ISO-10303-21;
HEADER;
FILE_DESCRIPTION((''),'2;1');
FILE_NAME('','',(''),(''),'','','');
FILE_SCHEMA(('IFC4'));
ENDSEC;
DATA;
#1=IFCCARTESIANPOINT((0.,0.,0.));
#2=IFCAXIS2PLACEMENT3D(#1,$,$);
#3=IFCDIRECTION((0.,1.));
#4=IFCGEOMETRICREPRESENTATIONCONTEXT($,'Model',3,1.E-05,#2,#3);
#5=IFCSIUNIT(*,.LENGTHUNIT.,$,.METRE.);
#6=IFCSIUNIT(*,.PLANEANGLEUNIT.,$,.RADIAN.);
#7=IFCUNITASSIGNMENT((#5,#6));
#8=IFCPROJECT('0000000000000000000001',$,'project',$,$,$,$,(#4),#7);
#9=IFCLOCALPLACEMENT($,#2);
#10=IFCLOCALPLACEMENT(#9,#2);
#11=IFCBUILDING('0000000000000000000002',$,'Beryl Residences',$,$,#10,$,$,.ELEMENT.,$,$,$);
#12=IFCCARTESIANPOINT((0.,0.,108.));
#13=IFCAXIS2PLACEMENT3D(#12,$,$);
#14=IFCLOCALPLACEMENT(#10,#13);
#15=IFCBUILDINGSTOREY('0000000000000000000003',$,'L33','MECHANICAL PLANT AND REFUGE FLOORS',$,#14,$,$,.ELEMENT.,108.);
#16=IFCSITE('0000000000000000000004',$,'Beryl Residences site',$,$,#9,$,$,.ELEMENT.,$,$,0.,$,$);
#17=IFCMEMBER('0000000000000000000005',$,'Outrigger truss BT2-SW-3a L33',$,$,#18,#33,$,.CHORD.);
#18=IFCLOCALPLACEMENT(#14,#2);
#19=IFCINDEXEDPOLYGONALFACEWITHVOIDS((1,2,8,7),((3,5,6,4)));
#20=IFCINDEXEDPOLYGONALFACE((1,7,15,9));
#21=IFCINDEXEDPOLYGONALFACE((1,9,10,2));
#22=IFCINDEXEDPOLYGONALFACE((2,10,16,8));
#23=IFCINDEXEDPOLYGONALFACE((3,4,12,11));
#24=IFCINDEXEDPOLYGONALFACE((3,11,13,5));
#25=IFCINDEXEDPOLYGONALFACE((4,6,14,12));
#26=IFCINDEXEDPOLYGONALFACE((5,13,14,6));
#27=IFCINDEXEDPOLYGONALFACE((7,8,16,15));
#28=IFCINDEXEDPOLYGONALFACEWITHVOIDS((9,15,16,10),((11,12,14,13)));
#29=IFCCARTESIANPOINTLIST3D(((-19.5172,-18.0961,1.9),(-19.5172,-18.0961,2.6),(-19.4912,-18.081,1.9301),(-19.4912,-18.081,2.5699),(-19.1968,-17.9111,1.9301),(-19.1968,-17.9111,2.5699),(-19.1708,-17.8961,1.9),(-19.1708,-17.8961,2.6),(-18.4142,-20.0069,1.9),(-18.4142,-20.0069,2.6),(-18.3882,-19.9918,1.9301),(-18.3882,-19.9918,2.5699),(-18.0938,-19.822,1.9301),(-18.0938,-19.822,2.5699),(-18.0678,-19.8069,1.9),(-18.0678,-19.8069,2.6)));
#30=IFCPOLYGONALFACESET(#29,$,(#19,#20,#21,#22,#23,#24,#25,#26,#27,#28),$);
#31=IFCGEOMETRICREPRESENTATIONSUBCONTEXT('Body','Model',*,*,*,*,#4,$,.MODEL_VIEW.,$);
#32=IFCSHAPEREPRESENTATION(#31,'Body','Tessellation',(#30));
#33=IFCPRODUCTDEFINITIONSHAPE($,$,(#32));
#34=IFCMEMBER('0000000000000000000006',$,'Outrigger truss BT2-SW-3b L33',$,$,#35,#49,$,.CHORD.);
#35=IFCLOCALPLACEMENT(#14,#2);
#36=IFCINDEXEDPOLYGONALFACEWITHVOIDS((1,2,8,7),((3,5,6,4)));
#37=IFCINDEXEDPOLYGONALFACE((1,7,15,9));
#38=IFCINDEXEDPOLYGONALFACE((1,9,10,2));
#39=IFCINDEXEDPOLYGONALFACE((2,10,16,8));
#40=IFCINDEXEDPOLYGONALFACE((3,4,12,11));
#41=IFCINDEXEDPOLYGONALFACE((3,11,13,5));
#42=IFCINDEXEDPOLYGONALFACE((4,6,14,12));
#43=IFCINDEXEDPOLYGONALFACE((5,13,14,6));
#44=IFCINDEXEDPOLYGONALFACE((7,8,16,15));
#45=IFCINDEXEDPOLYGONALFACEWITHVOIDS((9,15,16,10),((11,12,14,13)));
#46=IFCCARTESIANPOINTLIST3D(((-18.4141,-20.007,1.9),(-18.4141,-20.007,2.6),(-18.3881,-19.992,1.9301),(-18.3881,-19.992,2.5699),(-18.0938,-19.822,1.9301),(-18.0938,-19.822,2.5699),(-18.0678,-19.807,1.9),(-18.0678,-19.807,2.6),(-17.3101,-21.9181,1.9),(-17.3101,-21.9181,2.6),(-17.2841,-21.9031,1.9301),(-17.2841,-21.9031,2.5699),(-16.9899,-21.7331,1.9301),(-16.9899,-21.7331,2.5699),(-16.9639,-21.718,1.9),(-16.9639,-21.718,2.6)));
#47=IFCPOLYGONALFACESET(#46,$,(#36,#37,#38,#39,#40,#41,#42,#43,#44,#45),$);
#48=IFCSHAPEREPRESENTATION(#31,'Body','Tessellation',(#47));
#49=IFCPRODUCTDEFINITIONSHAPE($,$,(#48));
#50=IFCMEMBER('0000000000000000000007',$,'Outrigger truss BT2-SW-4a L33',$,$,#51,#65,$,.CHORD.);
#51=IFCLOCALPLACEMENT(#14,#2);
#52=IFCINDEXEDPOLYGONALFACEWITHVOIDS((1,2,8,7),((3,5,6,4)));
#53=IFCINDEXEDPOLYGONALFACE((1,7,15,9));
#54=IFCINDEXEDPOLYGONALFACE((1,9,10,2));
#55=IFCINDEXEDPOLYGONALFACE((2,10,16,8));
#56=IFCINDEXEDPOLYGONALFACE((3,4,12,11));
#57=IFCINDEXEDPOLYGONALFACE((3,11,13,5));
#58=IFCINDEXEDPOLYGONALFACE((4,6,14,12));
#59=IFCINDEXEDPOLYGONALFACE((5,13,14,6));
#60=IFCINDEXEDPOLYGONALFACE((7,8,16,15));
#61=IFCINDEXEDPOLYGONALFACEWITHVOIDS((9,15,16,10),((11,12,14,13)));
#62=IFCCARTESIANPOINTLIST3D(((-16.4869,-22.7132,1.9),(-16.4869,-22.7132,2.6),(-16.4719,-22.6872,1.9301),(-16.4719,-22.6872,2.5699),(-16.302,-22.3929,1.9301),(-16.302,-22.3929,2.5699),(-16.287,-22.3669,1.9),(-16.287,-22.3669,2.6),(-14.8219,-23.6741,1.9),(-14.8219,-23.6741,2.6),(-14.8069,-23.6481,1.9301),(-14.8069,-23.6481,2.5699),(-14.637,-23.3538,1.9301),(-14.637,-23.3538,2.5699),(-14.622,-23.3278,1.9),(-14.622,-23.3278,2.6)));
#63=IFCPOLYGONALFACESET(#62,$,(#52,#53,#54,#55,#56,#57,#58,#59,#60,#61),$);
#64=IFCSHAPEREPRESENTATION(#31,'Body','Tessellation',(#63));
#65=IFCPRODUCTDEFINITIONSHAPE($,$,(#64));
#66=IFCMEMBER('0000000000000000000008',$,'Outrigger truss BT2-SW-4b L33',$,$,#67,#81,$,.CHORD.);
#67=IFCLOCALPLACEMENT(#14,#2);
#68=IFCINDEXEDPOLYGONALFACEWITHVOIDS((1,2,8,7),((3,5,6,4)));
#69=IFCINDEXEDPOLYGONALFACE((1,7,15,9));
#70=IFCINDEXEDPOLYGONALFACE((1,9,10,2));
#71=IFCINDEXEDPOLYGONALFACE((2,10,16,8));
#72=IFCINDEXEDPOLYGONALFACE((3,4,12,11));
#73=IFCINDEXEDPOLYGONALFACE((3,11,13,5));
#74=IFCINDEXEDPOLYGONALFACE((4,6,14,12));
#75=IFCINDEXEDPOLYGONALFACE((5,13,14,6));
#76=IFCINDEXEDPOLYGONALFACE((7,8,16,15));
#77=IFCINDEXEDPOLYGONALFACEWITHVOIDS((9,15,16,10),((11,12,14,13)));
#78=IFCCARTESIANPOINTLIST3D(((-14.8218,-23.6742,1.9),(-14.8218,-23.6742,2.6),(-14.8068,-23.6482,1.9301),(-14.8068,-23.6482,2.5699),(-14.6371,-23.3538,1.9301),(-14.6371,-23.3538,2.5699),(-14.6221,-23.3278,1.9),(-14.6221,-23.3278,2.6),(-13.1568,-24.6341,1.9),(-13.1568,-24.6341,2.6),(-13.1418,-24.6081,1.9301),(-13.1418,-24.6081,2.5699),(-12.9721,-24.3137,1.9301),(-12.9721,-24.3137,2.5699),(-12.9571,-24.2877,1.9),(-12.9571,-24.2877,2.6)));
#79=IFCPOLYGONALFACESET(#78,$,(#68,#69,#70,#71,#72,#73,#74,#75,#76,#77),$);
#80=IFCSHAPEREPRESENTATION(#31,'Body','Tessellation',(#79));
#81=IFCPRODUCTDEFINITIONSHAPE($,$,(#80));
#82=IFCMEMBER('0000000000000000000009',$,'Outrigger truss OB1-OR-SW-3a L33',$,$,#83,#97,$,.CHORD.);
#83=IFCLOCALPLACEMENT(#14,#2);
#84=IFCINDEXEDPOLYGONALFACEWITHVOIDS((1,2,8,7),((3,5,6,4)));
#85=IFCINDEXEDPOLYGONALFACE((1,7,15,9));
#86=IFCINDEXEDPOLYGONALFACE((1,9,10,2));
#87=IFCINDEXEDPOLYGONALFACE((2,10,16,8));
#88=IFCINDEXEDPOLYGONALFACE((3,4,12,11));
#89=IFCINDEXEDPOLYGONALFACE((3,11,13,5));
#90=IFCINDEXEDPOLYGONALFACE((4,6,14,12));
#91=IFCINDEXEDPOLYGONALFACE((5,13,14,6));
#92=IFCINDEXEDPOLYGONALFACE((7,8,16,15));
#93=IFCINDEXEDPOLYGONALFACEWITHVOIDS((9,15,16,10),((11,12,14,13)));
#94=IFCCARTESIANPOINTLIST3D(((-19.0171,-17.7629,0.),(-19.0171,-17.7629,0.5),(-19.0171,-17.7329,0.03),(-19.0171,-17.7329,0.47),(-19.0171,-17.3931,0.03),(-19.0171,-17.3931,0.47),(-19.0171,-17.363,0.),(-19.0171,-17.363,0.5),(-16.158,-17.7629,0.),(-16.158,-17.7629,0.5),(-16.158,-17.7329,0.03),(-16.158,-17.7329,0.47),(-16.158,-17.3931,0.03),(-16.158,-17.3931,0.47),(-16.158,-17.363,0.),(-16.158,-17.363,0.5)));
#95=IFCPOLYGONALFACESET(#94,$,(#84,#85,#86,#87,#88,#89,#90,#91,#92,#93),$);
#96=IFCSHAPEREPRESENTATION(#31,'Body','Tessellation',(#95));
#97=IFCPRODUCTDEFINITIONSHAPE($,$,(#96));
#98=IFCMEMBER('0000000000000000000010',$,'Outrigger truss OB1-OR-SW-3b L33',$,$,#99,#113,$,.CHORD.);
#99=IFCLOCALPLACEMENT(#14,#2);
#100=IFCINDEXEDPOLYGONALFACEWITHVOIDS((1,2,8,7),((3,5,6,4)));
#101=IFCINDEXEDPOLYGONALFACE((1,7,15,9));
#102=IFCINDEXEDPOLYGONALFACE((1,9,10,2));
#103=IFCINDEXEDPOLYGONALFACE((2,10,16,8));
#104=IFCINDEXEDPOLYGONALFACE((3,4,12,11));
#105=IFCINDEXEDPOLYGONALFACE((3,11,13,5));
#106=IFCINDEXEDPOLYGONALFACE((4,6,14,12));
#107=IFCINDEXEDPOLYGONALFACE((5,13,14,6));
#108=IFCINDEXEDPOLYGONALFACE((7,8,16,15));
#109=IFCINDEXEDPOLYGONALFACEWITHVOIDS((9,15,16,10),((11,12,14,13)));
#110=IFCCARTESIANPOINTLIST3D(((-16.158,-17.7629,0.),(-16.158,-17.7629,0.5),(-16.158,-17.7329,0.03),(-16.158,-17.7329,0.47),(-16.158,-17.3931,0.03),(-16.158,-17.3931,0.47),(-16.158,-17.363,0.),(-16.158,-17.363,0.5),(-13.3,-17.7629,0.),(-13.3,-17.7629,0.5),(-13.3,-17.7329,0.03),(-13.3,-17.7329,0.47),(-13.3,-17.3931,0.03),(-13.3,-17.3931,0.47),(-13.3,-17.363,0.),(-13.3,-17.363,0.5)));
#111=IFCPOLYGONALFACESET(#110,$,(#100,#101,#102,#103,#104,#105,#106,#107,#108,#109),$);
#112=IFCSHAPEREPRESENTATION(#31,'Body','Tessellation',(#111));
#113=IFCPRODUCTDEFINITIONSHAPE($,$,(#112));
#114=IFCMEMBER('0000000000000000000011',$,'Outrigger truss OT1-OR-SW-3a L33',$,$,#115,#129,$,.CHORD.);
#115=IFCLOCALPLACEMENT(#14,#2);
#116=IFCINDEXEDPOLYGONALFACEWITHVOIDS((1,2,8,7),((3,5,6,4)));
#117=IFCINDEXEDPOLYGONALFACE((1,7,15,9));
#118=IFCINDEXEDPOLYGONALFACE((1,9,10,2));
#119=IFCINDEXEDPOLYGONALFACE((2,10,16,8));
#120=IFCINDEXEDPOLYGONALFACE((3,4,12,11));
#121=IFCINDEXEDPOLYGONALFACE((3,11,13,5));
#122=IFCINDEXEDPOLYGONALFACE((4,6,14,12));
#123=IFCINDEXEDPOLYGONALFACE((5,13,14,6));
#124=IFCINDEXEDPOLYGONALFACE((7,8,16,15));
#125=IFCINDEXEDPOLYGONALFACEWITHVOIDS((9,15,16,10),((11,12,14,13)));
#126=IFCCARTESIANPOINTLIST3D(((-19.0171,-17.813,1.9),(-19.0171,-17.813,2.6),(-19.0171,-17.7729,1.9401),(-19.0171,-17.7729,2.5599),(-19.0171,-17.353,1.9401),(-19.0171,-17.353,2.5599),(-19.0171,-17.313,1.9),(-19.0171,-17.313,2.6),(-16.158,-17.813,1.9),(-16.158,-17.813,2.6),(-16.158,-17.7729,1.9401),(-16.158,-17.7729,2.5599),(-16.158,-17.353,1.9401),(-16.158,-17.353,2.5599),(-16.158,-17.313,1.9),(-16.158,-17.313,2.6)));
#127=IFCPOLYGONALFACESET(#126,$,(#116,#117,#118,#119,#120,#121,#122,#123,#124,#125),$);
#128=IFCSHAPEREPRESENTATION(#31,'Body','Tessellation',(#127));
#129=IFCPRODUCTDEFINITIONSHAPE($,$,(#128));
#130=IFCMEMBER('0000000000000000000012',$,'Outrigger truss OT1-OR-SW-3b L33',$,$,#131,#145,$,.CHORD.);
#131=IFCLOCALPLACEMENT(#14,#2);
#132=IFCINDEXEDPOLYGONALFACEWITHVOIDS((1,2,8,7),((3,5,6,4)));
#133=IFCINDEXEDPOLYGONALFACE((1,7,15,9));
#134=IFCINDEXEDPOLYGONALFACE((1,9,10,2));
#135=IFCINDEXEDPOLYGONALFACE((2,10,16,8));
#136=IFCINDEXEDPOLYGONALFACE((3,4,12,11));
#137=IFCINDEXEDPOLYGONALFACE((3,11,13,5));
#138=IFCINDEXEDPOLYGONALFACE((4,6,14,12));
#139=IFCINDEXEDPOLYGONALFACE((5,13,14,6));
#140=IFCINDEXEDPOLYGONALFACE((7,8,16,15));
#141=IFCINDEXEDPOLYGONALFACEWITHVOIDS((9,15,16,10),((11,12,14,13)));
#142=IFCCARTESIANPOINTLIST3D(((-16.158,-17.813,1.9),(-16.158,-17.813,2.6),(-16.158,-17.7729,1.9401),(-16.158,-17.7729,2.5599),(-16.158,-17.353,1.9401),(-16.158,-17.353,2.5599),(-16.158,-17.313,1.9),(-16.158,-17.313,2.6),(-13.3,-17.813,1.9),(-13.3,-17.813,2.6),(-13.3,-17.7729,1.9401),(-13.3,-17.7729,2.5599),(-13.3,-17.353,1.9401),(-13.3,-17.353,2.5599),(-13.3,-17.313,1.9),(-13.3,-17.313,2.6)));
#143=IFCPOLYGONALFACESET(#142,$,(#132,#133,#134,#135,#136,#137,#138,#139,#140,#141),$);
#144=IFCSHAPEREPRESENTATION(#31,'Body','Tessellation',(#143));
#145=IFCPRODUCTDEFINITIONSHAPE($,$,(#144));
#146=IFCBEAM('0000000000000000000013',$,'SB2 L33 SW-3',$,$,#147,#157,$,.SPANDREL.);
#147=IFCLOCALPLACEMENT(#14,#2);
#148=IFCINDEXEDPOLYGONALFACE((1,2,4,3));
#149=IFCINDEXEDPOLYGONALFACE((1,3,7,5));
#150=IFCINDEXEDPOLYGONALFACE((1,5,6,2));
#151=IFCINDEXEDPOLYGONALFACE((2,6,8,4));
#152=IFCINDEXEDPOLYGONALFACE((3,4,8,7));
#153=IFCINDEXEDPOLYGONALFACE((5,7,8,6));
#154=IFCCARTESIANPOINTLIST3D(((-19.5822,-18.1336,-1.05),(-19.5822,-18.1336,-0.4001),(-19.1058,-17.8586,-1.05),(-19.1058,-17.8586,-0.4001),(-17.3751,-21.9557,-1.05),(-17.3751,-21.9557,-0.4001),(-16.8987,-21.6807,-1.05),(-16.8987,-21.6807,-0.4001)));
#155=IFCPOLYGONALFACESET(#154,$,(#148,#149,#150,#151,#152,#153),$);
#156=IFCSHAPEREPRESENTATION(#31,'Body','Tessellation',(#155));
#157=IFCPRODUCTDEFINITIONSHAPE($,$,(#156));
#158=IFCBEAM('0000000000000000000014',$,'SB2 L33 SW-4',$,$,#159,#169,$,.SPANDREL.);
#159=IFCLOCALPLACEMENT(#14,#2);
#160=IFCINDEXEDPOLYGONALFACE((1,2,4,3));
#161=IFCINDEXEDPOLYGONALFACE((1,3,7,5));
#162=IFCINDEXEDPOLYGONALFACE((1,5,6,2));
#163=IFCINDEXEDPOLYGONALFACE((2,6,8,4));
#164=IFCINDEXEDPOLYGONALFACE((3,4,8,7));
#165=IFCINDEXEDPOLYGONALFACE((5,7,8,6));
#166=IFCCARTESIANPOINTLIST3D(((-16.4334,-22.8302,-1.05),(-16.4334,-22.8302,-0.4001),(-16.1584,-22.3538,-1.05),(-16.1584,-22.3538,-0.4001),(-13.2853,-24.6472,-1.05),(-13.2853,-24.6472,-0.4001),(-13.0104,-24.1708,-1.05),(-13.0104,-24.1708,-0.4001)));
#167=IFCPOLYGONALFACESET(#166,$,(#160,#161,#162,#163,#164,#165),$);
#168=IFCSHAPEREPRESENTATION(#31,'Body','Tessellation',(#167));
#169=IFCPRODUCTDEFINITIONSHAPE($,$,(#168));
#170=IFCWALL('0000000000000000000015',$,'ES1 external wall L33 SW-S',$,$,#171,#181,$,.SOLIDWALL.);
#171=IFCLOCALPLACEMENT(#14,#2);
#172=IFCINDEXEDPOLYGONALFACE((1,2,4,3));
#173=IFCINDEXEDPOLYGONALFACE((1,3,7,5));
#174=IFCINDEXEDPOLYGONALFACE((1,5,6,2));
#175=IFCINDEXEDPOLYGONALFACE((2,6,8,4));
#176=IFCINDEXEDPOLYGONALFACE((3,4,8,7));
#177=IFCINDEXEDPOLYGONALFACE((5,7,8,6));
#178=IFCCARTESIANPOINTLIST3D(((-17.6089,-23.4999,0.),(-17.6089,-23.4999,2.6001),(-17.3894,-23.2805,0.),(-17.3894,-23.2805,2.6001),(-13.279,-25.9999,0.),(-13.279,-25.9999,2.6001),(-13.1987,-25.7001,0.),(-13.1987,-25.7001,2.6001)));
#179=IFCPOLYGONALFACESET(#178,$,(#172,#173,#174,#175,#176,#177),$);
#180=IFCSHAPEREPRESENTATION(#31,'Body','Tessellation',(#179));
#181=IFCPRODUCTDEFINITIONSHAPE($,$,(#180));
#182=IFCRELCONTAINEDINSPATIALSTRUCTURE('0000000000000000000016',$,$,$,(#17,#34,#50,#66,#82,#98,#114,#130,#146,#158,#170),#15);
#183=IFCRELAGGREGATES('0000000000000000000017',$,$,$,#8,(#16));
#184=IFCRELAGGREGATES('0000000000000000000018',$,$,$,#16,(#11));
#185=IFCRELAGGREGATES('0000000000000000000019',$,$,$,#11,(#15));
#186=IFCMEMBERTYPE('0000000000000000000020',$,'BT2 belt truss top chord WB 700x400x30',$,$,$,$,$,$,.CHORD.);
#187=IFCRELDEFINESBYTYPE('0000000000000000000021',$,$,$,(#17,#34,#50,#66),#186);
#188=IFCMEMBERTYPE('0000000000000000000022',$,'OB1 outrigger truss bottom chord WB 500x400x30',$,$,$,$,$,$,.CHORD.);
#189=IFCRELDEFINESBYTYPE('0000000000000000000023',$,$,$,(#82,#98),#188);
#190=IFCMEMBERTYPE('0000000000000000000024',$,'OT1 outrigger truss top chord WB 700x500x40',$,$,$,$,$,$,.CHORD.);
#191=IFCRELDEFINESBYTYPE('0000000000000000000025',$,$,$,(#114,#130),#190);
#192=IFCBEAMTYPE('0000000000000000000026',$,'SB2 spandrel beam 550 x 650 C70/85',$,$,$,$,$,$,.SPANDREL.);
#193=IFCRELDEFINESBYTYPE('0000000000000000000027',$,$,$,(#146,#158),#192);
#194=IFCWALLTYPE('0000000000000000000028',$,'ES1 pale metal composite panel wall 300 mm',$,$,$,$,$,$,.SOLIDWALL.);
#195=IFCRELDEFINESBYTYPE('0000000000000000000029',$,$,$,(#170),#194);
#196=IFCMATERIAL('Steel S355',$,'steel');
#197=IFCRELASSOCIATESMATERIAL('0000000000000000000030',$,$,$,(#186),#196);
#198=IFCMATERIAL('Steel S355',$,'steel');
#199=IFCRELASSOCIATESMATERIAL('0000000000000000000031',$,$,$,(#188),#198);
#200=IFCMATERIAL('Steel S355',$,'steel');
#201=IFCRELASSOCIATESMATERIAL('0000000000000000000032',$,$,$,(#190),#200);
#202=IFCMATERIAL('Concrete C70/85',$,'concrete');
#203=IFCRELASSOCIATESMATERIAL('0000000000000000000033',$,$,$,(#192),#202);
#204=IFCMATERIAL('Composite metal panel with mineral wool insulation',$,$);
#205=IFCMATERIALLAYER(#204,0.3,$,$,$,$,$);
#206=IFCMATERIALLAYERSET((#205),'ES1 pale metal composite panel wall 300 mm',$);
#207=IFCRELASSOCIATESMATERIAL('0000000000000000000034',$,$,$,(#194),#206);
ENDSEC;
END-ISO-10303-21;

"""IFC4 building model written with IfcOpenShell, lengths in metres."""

from ifc_helpers import new_model, si_unit, direction, frame, origin, origin_2d, place, context, subcontext, project, spatial, polyline, rectangle, hollow_rectangle, outline, extrude, material, layer, layer_set, material_profile, profile_set, type_object, element, save


model = new_model("IFC4")

# Units and contexts
model_context = context("Model", 3, precision=1e-05, world=origin(), true_north=direction((0.0, 1.0)))
body_context = subcontext(model_context, "Body", "Model", "MODEL_VIEW")
ifc_project = project(units=[si_unit("LENGTHUNIT", "METRE"), si_unit("PLANEANGLEUNIT", "RADIAN")], contexts=[model_context])

# Site, building, storey
site_placement = place(None, origin())
site = spatial("IfcSite", under=ifc_project, at=site_placement, Name="Beryl Residences site", CompositionType="ELEMENT", RefElevation=0.0)
building_placement = place(site_placement, origin())
building = spatial("IfcBuilding", under=site, at=building_placement, Name="Beryl Residences", CompositionType="ELEMENT")
storey_placement = place(building_placement, frame((0.0, 0.0, 108.0)))
storey = spatial("IfcBuildingStorey", under=building, at=storey_placement, Name="L33", Description="MECHANICAL PLANT AND REFUGE FLOORS", CompositionType="ELEMENT", Elevation=108.0)

# Members
ifc_material_1 = material(Name="Steel S355", Category="steel")
ifc_material_profile_1 = material_profile(ifc_material_1, hollow_rectangle(XDim=0.3999, YDim=0.7, WallThickness=0.03, at=origin_2d()))
ifc_profile_set_1 = profile_set([ifc_material_profile_1], Name="Steel S355")
member_type_1 = type_object("IfcMemberType", Name="BT2 belt truss top chord WB 700x400x30", PredefinedType="CHORD", material=ifc_profile_set_1)
member_1_placement = place(storey_placement, frame((-19.344, -17.9961, 2.25), z_axis=(0.499924, -0.86607, 0.0), x_axis=(0.86607, 0.499924, 0.0)))
element("IfcMember", 1, at=member_1_placement, inside=storey, type_object=member_type_1, Name="Outrigger truss BT2-SW-3a L33", PredefinedType="CHORD", context=body_context, shape_type="SweptSolid", body=[
    extrude(hollow_rectangle(XDim=0.3999, YDim=0.7, WallThickness=0.03, at=origin_2d()), origin(), (0.0, 0.0, 1.0), 2.2063),
])
member_2_placement = place(storey_placement, frame((-18.241, -19.907, 2.25), z_axis=(0.500208, -0.865906, 0.0), x_axis=(0.865906, 0.500208, 0.0)))
element("IfcMember", 2, at=member_2_placement, inside=storey, type_object=member_type_1, Name="Outrigger truss BT2-SW-3b L33", PredefinedType="CHORD", context=body_context, shape_type="SweptSolid", body=[
    extrude(hollow_rectangle(XDim=0.3999, YDim=0.7, WallThickness=0.03, at=origin_2d()), origin(), (0.0, 0.0, 1.0), 2.207),
])
member_3_placement = place(storey_placement, frame((-16.387, -22.54, 2.25), z_axis=(0.866109, -0.499854, 0.0), x_axis=(0.499854, 0.866109, 0.0)))
element("IfcMember", 3, at=member_3_placement, inside=storey, type_object=member_type_1, Name="Outrigger truss BT2-SW-4a L33", PredefinedType="CHORD", context=body_context, shape_type="SweptSolid", body=[
    extrude(hollow_rectangle(XDim=0.3999, YDim=0.7, WallThickness=0.03, at=origin_2d()), origin(), (0.0, 0.0, 1.0), 1.9224),
])
member_4_placement = place(storey_placement, frame((-14.7219, -23.501, 2.25), z_axis=(0.866329, -0.499473, 0.0), x_axis=(0.499473, 0.866329, 0.0)))
element("IfcMember", 4, at=member_4_placement, inside=storey, type_object=member_type_1, Name="Outrigger truss BT2-SW-4b L33", PredefinedType="CHORD", context=body_context, shape_type="SweptSolid", body=[
    extrude(hollow_rectangle(XDim=0.3999, YDim=0.7, WallThickness=0.03, at=origin_2d()), origin(), (0.0, 0.0, 1.0), 1.9219),
])
ifc_material_2 = material(Name="Steel S355", Category="steel")
ifc_material_profile_2 = material_profile(ifc_material_2, hollow_rectangle(XDim=0.3999, YDim=0.5, WallThickness=0.03, at=origin_2d()))
ifc_profile_set_2 = profile_set([ifc_material_profile_2], Name="Steel S355")
member_type_2 = type_object("IfcMemberType", Name="OB1 outrigger truss bottom chord WB 500x400x30", PredefinedType="CHORD", material=ifc_profile_set_2)
member_5_placement = place(storey_placement, frame((-19.0171, -17.563, 0.25), z_axis=(1.0, 0.0, 0.0), x_axis=(0.0, 1.0, 0.0)))
element("IfcMember", 5, at=member_5_placement, inside=storey, type_object=member_type_2, Name="Outrigger truss OB1-OR-SW-3a L33", PredefinedType="CHORD", context=body_context, shape_type="SweptSolid", body=[
    extrude(hollow_rectangle(XDim=0.3999, YDim=0.5, WallThickness=0.03, at=origin_2d()), origin(), (0.0, 0.0, 1.0), 2.8591),
])
member_6_placement = place(storey_placement, frame((-16.158, -17.563, 0.25), z_axis=(1.0, 0.0, 0.0), x_axis=(0.0, 1.0, 0.0)))
element("IfcMember", 6, at=member_6_placement, inside=storey, type_object=member_type_2, Name="Outrigger truss OB1-OR-SW-3b L33", PredefinedType="CHORD", context=body_context, shape_type="SweptSolid", body=[
    extrude(hollow_rectangle(XDim=0.3999, YDim=0.5, WallThickness=0.03, at=origin_2d()), origin(), (0.0, 0.0, 1.0), 2.8579),
])
ifc_material_3 = material(Name="Steel S355", Category="steel")
ifc_material_profile_3 = material_profile(ifc_material_3, hollow_rectangle(XDim=0.5, YDim=0.7, WallThickness=0.04, at=origin_2d()))
ifc_profile_set_3 = profile_set([ifc_material_profile_3], Name="Steel S355")
member_type_3 = type_object("IfcMemberType", Name="OT1 outrigger truss top chord WB 700x500x40", PredefinedType="CHORD", material=ifc_profile_set_3)
member_7_placement = place(storey_placement, frame((-19.0171, -17.563, 2.25), z_axis=(1.0, 0.0, 0.0), x_axis=(0.0, 1.0, 0.0)))
element("IfcMember", 7, at=member_7_placement, inside=storey, type_object=member_type_3, Name="Outrigger truss OT1-OR-SW-3a L33", PredefinedType="CHORD", context=body_context, shape_type="SweptSolid", body=[
    extrude(hollow_rectangle(XDim=0.5, YDim=0.7, WallThickness=0.04, at=origin_2d()), origin(), (0.0, 0.0, 1.0), 2.8591),
])
member_8_placement = place(storey_placement, frame((-16.158, -17.563, 2.25), z_axis=(1.0, 0.0, 0.0), x_axis=(0.0, 1.0, 0.0)))
element("IfcMember", 8, at=member_8_placement, inside=storey, type_object=member_type_3, Name="Outrigger truss OT1-OR-SW-3b L33", PredefinedType="CHORD", context=body_context, shape_type="SweptSolid", body=[
    extrude(hollow_rectangle(XDim=0.5, YDim=0.7, WallThickness=0.04, at=origin_2d()), origin(), (0.0, 0.0, 1.0), 2.8579),
])

# Beams
ifc_material_4 = material(Name="Concrete C70/85", Category="concrete")
ifc_material_profile_4 = material_profile(ifc_material_4, rectangle(XDim=0.55, YDim=0.6499, at=origin_2d()))
ifc_profile_set_4 = profile_set([ifc_material_profile_4], Name="Concrete C70/85")
beam_type = type_object("IfcBeamType", Name="SB2 spandrel beam 550 x 650 C70/85", PredefinedType="SPANDREL", material=ifc_profile_set_4)
beam_1_placement = place(storey_placement, frame((-19.344, -17.9961, -0.7251), z_axis=(0.500066, -0.865988, 0.0), x_axis=(0.865988, 0.500066, 0.0)))
element("IfcBeam", 9, at=beam_1_placement, inside=storey, type_object=beam_type, Name="SB2 L33 SW-3", PredefinedType="SPANDREL", context=body_context, shape_type="SweptSolid", body=[
    extrude(rectangle(XDim=0.55, YDim=0.6499, at=origin_2d()), origin(), (0.0, 0.0, 1.0), 4.4136),
])
beam_2_placement = place(storey_placement, frame((-16.2959, -22.592, -0.7251), z_axis=(0.866094, -0.499881, 0.0), x_axis=(0.499881, 0.866094, 0.0)))
element("IfcBeam", 10, at=beam_2_placement, inside=storey, type_object=beam_type, Name="SB2 L33 SW-4", PredefinedType="SPANDREL", context=body_context, shape_type="SweptSolid", body=[
    extrude(rectangle(XDim=0.55, YDim=0.6499, at=origin_2d()), origin(), (0.0, 0.0, 1.0), 3.6348),
])

# Wall
ifc_material_5 = material(Name="Composite metal panel with mineral wool insulation")
ifc_layer_1 = layer(ifc_material_5, 0.3)
ifc_layer_set_1 = layer_set([ifc_layer_1], Name="ES1 pale metal composite panel wall 300 mm")
wall_type_1 = type_object("IfcWallType", Name="ES1 pale metal composite panel wall 300 mm", PredefinedType="SOLIDWALL", material=ifc_layer_set_1)
wall_1_placement = place(storey_placement, frame((-17.5339, -23.3701, 0.0), z_axis=(0.0, 0.0, 1.0), x_axis=(0.866011, -0.500025, 0.0)))
element("IfcWall", 11, at=wall_1_placement, inside=storey, type_object=wall_type_1, Name="ES1 external wall L33 SW-S", PredefinedType="SOLIDWALL", context=body_context, shape_type="SweptSolid", body=[
    extrude(outline(polyline([(0.0, -0.1499), (4.9998, -0.1499), (4.9194, 0.1499), (0.0803, 0.1499), (0.0, -0.1499)])), origin(), (0.0, 0.0, 1.0), 2.6001),
])

save(model, "model.ifc")
